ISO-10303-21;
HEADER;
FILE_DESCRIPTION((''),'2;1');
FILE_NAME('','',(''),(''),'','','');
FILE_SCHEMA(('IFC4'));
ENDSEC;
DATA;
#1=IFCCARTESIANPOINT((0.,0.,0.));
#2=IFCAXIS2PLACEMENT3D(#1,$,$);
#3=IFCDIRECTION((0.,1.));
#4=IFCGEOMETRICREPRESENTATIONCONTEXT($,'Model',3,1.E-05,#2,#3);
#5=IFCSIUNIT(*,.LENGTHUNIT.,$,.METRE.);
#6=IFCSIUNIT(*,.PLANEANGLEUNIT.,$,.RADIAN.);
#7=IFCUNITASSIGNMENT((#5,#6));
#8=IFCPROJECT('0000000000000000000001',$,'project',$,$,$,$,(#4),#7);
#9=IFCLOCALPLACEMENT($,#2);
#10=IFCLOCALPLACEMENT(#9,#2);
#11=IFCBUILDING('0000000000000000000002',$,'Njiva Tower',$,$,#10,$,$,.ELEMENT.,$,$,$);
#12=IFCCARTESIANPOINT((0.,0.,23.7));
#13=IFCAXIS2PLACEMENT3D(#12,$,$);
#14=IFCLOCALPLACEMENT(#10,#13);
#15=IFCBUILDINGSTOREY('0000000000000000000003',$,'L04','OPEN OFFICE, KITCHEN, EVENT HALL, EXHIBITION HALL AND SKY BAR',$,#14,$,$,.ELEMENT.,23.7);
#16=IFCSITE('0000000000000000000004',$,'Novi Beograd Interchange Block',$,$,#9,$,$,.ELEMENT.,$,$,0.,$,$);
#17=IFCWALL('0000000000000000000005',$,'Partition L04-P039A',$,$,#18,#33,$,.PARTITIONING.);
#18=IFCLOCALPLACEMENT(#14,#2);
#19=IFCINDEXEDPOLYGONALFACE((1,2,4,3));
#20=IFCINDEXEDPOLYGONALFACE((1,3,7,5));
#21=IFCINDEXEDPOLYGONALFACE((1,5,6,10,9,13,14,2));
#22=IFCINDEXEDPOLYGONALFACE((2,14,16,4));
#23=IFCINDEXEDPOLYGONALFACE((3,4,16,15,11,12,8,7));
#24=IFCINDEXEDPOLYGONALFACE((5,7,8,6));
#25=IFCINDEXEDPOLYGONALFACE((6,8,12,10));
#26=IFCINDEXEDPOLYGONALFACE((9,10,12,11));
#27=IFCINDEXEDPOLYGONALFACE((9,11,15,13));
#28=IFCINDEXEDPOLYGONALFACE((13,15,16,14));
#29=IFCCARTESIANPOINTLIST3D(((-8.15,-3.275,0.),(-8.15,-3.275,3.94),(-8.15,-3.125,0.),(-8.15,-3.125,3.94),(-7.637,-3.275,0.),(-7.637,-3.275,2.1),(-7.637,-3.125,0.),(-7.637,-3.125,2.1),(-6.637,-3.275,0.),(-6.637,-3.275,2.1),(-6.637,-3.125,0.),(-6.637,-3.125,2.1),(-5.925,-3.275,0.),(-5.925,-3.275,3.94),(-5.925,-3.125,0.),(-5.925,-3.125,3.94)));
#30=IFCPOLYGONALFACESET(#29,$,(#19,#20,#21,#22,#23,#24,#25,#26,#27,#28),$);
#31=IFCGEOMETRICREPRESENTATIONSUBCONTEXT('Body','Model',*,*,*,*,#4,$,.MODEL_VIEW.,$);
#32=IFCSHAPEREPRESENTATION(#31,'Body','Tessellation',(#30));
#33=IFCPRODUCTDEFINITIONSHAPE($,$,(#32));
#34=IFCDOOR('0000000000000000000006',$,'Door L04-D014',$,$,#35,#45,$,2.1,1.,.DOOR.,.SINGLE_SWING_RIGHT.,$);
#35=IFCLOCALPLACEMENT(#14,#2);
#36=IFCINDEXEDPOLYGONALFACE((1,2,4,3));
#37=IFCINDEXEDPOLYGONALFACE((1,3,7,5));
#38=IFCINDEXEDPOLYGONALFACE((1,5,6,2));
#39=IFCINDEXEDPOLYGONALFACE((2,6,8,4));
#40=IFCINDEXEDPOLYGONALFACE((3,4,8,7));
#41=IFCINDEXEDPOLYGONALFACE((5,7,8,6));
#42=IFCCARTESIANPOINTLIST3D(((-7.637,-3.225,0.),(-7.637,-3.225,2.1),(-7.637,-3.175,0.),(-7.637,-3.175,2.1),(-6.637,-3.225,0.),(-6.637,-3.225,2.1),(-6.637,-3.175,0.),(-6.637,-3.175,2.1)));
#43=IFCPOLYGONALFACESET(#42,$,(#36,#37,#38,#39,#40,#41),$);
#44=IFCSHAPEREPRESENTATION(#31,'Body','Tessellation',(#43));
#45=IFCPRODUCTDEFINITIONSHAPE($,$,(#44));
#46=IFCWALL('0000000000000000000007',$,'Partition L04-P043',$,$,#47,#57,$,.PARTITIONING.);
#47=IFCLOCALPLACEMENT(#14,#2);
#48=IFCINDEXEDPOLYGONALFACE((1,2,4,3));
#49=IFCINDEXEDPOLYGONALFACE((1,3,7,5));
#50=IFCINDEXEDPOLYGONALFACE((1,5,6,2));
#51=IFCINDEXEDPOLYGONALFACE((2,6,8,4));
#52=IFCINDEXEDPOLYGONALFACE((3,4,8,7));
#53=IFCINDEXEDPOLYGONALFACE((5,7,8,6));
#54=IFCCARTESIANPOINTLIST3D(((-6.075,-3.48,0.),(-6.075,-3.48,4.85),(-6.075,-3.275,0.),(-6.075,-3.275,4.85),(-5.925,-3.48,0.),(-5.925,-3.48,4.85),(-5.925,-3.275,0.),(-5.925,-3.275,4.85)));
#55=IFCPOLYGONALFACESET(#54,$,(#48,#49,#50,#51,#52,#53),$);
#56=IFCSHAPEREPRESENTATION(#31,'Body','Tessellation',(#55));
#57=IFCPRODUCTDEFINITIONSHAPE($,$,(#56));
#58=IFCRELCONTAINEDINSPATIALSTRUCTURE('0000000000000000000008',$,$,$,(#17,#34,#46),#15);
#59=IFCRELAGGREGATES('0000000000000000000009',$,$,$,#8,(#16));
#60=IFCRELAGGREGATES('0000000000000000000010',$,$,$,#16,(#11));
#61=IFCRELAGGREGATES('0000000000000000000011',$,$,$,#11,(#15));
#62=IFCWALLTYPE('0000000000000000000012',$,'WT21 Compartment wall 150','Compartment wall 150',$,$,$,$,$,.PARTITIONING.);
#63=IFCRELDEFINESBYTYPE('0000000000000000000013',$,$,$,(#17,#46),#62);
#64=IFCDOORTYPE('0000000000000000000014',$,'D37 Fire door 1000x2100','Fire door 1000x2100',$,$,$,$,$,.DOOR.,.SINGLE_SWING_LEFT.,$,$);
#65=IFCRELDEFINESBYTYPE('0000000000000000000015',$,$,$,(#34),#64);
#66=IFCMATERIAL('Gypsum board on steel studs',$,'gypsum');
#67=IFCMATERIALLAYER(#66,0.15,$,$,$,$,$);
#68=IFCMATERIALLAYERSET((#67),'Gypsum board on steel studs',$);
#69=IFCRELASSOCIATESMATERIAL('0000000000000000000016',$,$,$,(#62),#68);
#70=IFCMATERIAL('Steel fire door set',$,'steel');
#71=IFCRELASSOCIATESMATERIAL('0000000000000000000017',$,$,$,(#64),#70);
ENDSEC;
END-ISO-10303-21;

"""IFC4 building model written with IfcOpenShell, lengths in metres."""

from ifc_helpers import new_model, si_unit, direction, frame, frame_2d, origin, place, context, subcontext, project, spatial, rectangle, extrude, material, layer, layer_set, type_object, element, fill, save


model = new_model("IFC4")

# Units and contexts
model_context = context("Model", 3, precision=1e-05, world=origin(), true_north=direction((0.0, 1.0)))
body_context = subcontext(model_context, "Body", "Model", "MODEL_VIEW")
ifc_project = project(units=[si_unit("LENGTHUNIT", "METRE"), si_unit("PLANEANGLEUNIT", "RADIAN")], contexts=[model_context])

# Site, building, storey
site_placement = place(None, origin())
site = spatial("IfcSite", under=ifc_project, at=site_placement, Name="Novi Beograd Interchange Block", CompositionType="ELEMENT", RefElevation=0.0)
building_placement = place(site_placement, origin())
building = spatial("IfcBuilding", under=site, at=building_placement, Name="Njiva Tower", CompositionType="ELEMENT")
storey_placement = place(building_placement, frame((0.0, 0.0, 23.7)))
storey = spatial("IfcBuildingStorey", under=building, at=storey_placement, Name="L04", Description="OPEN OFFICE, KITCHEN, EVENT HALL, EXHIBITION HALL AND SKY BAR", CompositionType="ELEMENT", Elevation=23.7)

# Shared definitions
ifc_material_1 = material(Name="Gypsum board on steel studs", Category="gypsum")
ifc_layer_1 = layer(ifc_material_1, 0.15)
ifc_layer_set_1 = layer_set([ifc_layer_1], Name="Gypsum board on steel studs")
wall_type_1 = type_object("IfcWallType", Name="WT21 Compartment wall 150", Description="Compartment wall 150", PredefinedType="PARTITIONING", material=ifc_layer_set_1)

# Wall, opening, door
wall_1_placement = place(storey_placement, frame((-8.15, -3.2, 0.0), z_axis=(0.0, 0.0, 1.0), x_axis=(1.0, 0.0, 0.0)))
wall_1 = element("IfcWall", 1, at=wall_1_placement, inside=storey, type_object=wall_type_1, Name="Partition L04-P039A", PredefinedType="PARTITIONING", context=body_context, shape_type="SweptSolid", body=[
    extrude(rectangle(XDim=2.225, YDim=0.15, at=frame_2d((1.1125, 0.0))), origin(), (0.0, 0.0, 1.0), 3.94),
])
opening_1_placement = place(wall_1_placement, frame((0.513, 0.0, 0.0)))
opening_1 = element("IfcOpeningElement", 2, at=opening_1_placement, cuts=wall_1, PredefinedType="OPENING", context=body_context, shape_type="SweptSolid", body=[
    extrude(rectangle(XDim=1.0, YDim=2.1, at=frame_2d((0.5, 1.05))), frame((0.0, 0.085, 0.0), z_axis=(0.0, -1.0, 0.0), x_axis=(1.0, 0.0, 0.0)), (0.0, 0.0, 1.0), 0.17),
])
ifc_material_2 = material(Name="Steel fire door set", Category="steel")
door_type_1 = type_object("IfcDoorType", Name="D37 Fire door 1000x2100", Description="Fire door 1000x2100", OperationType="SINGLE_SWING_LEFT", PredefinedType="DOOR", material=ifc_material_2)
door_1_placement = place(opening_1_placement, origin())
door_1 = element("IfcDoor", 3, at=door_1_placement, inside=storey, type_object=door_type_1, Name="Door L04-D014", OperationType="SINGLE_SWING_RIGHT", OverallHeight=2.1, OverallWidth=1.0, PredefinedType="DOOR", context=body_context, shape_type="SweptSolid", body=[
    extrude(rectangle(XDim=1.0, YDim=2.1, at=frame_2d((0.5, 1.05))), frame((0.0, 0.025, 0.0), z_axis=(0.0, -1.0, 0.0), x_axis=(1.0, 0.0, 0.0)), (0.0, 0.0, 1.0), 0.05),
])
fill(opening_1, door_1)

# Wall
wall_2_placement = place(storey_placement, frame((-6.0, -3.48, 0.0), z_axis=(0.0, 0.0, 1.0), x_axis=(0.0, 1.0, 0.0)))
element("IfcWall", 4, at=wall_2_placement, inside=storey, type_object=wall_type_1, Name="Partition L04-P043", PredefinedType="PARTITIONING", context=body_context, shape_type="SweptSolid", body=[
    extrude(rectangle(XDim=0.205, YDim=0.15, at=frame_2d((0.1025, 0.0))), origin(), (0.0, 0.0, 1.0), 4.85),
])

save(model, "model.ifc")
